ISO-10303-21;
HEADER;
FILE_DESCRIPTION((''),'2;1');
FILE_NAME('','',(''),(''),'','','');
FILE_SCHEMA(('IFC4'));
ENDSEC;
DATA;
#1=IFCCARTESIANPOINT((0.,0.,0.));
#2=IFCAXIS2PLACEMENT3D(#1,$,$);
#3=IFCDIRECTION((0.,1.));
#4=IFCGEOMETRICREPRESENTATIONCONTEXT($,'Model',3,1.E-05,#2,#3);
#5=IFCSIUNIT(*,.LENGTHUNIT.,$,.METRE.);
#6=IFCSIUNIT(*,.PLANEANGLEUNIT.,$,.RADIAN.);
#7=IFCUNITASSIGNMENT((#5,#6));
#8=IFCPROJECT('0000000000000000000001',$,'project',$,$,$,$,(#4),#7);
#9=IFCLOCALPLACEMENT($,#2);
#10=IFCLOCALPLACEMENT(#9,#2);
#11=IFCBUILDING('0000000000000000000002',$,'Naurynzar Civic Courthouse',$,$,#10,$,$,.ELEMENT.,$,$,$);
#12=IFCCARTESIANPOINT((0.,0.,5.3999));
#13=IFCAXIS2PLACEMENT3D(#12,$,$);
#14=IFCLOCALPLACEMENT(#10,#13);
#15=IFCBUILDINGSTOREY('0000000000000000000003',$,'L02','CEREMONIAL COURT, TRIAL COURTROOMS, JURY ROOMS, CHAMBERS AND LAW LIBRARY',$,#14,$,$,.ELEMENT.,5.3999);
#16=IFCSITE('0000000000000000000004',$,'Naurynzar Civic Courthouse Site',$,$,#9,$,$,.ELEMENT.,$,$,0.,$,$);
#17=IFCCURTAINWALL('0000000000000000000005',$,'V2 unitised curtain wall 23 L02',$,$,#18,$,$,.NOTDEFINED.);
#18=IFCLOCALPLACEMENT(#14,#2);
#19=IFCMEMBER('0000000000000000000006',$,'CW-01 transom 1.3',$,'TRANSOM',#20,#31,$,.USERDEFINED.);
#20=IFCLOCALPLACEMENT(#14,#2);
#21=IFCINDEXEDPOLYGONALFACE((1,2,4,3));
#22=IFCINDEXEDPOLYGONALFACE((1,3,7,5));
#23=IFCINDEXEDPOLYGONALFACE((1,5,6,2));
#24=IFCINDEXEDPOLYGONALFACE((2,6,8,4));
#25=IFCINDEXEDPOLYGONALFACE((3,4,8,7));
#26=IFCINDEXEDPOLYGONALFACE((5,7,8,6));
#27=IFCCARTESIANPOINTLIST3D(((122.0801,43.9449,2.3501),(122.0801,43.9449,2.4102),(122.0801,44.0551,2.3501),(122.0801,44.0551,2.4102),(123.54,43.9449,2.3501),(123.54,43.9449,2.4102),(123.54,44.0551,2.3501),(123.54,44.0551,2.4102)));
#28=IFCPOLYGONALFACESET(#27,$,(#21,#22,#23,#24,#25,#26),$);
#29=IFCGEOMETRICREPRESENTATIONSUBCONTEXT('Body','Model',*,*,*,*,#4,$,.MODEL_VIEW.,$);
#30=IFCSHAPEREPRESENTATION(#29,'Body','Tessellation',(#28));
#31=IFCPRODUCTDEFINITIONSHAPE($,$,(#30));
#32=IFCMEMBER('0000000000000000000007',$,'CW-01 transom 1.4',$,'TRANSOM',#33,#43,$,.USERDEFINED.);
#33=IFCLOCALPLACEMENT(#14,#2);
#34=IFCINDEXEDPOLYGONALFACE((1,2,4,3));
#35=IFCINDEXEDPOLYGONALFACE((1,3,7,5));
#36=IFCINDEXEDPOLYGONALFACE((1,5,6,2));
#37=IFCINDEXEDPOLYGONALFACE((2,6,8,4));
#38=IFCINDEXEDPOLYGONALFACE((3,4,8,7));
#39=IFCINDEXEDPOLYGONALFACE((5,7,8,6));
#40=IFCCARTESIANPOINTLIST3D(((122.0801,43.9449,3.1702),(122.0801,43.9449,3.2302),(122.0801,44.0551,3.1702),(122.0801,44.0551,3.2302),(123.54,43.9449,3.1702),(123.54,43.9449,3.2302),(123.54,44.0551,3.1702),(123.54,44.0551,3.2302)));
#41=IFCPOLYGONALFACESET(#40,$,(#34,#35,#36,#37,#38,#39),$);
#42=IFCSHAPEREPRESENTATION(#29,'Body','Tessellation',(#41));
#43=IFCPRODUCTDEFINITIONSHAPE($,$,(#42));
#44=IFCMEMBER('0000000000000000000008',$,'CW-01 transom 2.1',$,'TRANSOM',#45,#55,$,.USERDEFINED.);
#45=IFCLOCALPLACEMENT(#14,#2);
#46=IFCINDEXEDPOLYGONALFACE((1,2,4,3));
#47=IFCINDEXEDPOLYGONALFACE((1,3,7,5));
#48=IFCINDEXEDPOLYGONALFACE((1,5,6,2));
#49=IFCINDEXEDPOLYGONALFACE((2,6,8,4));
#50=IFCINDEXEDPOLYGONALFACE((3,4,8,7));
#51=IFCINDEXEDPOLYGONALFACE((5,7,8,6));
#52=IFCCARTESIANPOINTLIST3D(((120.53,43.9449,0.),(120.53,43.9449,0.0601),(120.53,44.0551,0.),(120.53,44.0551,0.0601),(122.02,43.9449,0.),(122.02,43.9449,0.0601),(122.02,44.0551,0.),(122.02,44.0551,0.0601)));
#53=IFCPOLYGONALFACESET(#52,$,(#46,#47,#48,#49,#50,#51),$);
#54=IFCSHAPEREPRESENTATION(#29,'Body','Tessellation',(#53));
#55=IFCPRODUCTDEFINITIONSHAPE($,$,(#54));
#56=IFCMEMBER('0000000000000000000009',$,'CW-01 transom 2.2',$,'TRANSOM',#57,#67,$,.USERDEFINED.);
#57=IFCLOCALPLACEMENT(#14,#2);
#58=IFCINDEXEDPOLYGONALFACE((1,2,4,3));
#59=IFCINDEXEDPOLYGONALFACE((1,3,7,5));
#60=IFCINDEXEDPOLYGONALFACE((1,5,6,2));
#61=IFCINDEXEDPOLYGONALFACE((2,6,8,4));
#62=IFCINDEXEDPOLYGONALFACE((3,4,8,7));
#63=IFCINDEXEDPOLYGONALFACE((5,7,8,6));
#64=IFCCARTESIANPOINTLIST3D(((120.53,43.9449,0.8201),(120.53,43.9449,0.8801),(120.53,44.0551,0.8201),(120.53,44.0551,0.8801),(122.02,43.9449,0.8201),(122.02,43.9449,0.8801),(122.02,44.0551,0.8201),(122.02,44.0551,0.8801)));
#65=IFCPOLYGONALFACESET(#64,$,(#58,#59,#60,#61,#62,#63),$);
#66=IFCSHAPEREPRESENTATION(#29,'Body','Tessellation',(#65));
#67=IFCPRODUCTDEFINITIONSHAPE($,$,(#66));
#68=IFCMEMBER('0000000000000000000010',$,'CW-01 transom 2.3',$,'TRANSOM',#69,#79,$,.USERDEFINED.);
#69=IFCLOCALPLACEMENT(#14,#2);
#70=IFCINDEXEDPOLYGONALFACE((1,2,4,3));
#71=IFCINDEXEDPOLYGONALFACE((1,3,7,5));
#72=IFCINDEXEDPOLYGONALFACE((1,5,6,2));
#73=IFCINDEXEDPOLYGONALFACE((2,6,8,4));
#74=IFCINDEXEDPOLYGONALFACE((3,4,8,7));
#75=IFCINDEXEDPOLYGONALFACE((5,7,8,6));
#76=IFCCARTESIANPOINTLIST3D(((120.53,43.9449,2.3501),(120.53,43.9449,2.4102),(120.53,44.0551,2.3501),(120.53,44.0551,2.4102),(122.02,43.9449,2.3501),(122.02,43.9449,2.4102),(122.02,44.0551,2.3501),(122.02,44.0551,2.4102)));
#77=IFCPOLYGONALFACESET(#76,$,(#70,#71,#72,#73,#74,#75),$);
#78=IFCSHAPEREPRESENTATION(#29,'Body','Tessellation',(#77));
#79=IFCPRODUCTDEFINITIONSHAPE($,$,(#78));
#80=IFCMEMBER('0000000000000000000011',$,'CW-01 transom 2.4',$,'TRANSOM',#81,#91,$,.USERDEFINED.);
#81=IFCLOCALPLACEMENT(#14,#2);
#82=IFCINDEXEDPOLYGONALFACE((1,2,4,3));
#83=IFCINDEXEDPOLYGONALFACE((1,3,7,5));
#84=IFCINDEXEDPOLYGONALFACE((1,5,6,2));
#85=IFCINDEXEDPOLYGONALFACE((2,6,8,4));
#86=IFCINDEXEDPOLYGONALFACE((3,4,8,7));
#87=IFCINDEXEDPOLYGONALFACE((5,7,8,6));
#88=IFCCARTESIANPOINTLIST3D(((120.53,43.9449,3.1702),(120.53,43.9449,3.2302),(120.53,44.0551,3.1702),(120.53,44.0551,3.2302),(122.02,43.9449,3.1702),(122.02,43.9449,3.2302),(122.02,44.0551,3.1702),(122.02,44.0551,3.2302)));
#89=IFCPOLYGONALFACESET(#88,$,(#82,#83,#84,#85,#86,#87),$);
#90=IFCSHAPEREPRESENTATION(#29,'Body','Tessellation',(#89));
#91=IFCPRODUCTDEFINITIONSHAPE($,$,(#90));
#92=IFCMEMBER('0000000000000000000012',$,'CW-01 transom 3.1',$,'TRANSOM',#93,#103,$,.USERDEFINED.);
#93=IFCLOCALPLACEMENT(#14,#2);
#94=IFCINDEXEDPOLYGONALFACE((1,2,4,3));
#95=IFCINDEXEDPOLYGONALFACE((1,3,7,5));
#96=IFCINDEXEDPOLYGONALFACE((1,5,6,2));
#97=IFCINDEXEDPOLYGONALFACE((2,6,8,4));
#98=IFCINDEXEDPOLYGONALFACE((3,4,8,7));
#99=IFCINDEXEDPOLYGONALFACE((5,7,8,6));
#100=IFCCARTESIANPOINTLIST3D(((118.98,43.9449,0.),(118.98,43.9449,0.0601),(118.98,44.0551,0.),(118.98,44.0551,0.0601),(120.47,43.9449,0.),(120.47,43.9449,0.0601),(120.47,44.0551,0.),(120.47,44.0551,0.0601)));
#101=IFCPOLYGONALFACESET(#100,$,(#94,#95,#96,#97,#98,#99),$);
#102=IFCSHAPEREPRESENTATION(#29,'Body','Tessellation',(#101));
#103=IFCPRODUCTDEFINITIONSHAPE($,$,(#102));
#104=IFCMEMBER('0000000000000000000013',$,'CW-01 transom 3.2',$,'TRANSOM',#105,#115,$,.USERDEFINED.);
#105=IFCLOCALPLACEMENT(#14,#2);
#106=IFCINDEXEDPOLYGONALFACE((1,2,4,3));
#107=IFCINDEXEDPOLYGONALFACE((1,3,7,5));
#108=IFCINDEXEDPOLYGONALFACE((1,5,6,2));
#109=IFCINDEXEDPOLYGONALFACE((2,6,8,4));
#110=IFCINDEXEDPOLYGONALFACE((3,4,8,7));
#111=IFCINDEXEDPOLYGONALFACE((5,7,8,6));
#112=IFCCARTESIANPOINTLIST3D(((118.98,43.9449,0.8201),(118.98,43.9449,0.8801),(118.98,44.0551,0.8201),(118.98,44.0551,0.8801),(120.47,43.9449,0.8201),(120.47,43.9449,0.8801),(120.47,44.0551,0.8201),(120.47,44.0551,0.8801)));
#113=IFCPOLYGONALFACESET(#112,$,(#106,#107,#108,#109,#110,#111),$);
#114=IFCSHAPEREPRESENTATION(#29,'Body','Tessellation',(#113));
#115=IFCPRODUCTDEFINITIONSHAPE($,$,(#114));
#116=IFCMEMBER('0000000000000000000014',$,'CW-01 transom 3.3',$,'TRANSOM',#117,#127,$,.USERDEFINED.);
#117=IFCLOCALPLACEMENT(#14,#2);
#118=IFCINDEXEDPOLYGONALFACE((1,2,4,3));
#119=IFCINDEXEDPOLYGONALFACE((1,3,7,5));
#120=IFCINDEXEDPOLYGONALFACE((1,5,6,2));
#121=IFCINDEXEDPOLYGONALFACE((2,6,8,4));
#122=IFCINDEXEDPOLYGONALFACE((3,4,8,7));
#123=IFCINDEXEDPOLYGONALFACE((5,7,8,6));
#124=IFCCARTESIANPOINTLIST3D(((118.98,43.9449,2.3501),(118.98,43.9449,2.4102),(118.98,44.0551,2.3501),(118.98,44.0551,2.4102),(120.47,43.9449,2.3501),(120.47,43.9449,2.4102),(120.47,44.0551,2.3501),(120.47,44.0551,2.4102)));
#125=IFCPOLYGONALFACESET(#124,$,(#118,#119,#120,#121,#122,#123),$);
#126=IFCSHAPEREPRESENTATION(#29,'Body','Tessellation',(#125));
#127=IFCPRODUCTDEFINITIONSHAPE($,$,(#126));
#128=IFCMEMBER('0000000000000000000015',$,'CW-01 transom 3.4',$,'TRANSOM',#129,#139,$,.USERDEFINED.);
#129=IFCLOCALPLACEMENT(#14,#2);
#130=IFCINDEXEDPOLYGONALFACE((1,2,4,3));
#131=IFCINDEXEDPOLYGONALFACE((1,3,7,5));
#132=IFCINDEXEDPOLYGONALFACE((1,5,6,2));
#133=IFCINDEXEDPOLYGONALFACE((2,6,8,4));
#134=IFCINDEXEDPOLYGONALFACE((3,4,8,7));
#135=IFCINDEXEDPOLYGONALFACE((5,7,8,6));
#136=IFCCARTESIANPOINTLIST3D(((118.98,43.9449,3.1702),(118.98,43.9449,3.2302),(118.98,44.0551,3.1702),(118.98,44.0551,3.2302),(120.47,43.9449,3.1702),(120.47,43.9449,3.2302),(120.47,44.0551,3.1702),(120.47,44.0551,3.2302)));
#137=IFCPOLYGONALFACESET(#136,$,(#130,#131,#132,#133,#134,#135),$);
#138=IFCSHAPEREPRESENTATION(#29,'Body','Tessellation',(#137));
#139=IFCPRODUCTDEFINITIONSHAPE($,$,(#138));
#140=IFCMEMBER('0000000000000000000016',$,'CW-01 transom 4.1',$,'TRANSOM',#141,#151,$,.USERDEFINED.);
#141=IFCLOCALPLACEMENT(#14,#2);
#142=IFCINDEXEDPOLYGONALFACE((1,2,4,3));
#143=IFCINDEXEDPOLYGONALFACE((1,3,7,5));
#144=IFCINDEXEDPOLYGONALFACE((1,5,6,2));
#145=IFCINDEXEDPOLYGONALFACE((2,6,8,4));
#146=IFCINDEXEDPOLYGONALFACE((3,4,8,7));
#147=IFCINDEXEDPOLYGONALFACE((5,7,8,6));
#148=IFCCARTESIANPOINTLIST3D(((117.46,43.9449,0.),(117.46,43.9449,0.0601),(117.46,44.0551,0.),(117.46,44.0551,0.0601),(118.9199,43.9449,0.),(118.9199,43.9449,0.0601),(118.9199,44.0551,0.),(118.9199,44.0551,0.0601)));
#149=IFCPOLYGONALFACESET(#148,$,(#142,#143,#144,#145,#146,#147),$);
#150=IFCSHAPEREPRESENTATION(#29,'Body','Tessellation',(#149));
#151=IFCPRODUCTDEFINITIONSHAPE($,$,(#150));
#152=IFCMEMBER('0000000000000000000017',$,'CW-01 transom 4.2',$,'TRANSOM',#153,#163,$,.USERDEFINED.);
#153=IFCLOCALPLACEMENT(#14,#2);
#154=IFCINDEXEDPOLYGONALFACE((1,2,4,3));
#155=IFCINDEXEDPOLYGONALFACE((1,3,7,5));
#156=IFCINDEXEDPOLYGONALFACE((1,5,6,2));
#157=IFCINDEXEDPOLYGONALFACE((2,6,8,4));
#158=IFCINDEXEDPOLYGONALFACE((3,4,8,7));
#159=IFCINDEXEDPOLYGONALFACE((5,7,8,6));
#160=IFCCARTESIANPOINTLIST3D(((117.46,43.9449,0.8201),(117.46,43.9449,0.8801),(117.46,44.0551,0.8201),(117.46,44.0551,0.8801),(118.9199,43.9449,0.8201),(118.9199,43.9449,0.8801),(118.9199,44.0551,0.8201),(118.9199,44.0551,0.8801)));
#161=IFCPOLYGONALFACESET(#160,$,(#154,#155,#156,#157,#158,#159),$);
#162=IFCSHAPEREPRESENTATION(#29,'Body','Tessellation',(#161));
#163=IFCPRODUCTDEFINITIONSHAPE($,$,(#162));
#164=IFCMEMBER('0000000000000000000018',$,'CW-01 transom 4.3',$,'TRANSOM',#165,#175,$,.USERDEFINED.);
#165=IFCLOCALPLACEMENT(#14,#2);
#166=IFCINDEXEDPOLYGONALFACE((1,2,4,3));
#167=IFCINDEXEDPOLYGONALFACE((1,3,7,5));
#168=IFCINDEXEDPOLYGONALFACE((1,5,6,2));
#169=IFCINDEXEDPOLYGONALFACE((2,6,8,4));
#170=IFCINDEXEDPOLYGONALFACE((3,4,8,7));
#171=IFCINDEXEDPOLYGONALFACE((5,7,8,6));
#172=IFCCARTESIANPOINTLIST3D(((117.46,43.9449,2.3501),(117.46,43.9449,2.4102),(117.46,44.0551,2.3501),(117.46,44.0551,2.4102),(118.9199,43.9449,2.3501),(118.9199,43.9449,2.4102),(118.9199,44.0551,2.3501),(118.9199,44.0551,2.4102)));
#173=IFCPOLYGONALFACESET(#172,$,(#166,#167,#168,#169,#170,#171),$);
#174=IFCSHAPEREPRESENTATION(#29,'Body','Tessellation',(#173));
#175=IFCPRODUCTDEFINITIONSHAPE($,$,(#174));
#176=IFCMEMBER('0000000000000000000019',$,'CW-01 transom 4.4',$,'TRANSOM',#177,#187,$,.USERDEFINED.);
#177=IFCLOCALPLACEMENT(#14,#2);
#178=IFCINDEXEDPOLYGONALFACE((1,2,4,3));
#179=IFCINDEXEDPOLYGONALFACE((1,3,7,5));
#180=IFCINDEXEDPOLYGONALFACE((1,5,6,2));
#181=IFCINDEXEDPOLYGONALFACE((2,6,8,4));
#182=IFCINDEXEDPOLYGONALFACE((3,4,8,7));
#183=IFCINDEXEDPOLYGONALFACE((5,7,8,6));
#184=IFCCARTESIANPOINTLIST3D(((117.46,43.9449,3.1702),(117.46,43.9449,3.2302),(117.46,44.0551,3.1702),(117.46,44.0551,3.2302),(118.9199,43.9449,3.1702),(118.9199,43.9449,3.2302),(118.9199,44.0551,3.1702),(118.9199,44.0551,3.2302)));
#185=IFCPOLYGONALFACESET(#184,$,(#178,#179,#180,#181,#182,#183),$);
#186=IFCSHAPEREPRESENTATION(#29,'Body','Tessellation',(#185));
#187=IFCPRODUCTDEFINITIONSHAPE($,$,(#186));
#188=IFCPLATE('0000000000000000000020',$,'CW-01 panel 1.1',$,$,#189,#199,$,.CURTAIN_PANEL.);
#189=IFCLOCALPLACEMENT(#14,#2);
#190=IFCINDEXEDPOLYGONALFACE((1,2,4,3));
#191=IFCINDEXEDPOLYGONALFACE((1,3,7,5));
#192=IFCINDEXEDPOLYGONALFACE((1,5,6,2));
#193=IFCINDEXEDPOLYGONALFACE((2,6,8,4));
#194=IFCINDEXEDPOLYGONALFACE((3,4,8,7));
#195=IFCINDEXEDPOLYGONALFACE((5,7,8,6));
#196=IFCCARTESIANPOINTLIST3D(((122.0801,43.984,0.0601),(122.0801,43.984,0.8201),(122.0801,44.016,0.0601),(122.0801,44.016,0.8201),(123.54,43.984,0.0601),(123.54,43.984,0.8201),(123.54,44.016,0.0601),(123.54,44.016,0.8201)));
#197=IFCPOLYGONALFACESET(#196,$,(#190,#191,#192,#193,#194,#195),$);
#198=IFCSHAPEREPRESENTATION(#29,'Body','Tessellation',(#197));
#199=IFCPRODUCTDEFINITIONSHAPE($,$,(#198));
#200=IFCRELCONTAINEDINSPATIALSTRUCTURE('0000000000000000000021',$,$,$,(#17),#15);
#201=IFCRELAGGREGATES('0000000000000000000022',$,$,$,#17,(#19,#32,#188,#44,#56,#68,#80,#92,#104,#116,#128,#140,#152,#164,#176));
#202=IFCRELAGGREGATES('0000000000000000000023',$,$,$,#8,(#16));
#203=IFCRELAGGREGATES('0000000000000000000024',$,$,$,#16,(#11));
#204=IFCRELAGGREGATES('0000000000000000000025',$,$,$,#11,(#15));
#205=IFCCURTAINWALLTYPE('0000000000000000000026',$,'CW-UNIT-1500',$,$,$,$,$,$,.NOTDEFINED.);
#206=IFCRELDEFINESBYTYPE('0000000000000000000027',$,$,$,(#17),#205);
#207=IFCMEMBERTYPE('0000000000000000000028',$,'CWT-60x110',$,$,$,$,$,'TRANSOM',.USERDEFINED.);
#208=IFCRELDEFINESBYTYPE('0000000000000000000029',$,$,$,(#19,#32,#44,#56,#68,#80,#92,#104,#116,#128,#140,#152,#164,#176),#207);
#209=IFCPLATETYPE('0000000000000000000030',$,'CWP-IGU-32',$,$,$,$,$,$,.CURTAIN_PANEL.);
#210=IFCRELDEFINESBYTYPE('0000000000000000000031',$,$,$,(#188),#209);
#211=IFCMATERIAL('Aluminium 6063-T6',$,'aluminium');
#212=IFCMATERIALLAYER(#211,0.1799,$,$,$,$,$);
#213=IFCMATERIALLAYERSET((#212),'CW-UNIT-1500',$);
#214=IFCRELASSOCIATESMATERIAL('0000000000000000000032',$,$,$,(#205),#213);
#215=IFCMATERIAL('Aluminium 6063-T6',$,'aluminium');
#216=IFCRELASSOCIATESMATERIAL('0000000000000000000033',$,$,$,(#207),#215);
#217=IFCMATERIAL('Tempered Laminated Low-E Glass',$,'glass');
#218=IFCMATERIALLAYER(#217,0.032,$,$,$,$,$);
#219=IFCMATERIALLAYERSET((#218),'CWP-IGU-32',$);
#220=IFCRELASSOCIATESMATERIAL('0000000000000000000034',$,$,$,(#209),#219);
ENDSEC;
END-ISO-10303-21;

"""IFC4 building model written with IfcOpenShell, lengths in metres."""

from ifc_helpers import new_model, si_unit, direction, frame, origin, origin_2d, place, context, subcontext, project, spatial, rectangle, extrude, material, layer, layer_set, material_profile, profile_set, type_object, element, aggregate, save


model = new_model("IFC4")

# Units and contexts
model_context = context("Model", 3, precision=1e-05, world=origin(), true_north=direction((0.0, 1.0)))
body_context = subcontext(model_context, "Body", "Model", "MODEL_VIEW")
ifc_project = project(units=[si_unit("LENGTHUNIT", "METRE"), si_unit("PLANEANGLEUNIT", "RADIAN")], contexts=[model_context])

# Site, building, storey
site_placement = place(None, origin())
site = spatial("IfcSite", under=ifc_project, at=site_placement, Name="Naurynzar Civic Courthouse Site", CompositionType="ELEMENT", RefElevation=0.0)
building_placement = place(site_placement, origin())
building = spatial("IfcBuilding", under=site, at=building_placement, Name="Naurynzar Civic Courthouse", CompositionType="ELEMENT")
storey_placement = place(building_placement, frame((0.0, 0.0, 5.3999)))
storey = spatial("IfcBuildingStorey", under=building, at=storey_placement, Name="L02", Description="CEREMONIAL COURT, TRIAL COURTROOMS, JURY ROOMS, CHAMBERS AND LAW LIBRARY", CompositionType="ELEMENT", Elevation=5.3999)

# Curtain wall, members, plate
ifc_material_1 = material(Name="Aluminium 6063-T6", Category="aluminium")
ifc_layer_1 = layer(ifc_material_1, 0.1799)
ifc_layer_set_1 = layer_set([ifc_layer_1], Name="CW-UNIT-1500")
curtain_wall_type = type_object("IfcCurtainWallType", Name="CW-UNIT-1500", PredefinedType="NOTDEFINED", material=ifc_layer_set_1)
curtain_wall_placement = place(storey_placement, origin())
curtain_wall = element("IfcCurtainWall", 1, at=curtain_wall_placement, inside=storey, type_object=curtain_wall_type, Name="V2 unitised curtain wall 23 L02", PredefinedType="NOTDEFINED")
ifc_material_2 = material(Name="Aluminium 6063-T6", Category="aluminium")
ifc_material_profile_1 = material_profile(ifc_material_2, rectangle(XDim=0.1101, YDim=0.0601, at=origin_2d()), Name="ALU TRANSOM 60x110")
ifc_profile_set_1 = profile_set([ifc_material_profile_1], Name="Aluminium 6063-T6")
member_type_1 = type_object("IfcMemberType", Name="CWT-60x110", ElementType="TRANSOM", PredefinedType="USERDEFINED", material=ifc_profile_set_1)
member_1_placement = place(storey_placement, frame((123.54, 44.0, 2.3801), z_axis=(-1.0, 0.0, 0.0), x_axis=(0.0, -1.0, 0.0)))
member_1 = element("IfcMember", 2, at=member_1_placement, type_object=member_type_1, Name="CW-01 transom 1.3", ObjectType="TRANSOM", PredefinedType="USERDEFINED", context=body_context, shape_type="SweptSolid", body=[
    extrude(rectangle(XDim=0.1101, YDim=0.0601, at=origin_2d()), origin(), (0.0, 0.0, 1.0), 1.46),
])
member_2_placement = place(storey_placement, frame((123.54, 44.0, 3.2002), z_axis=(-1.0, 0.0, 0.0), x_axis=(0.0, -1.0, 0.0)))
member_2 = element("IfcMember", 3, at=member_2_placement, type_object=member_type_1, Name="CW-01 transom 1.4", ObjectType="TRANSOM", PredefinedType="USERDEFINED", context=body_context, shape_type="SweptSolid", body=[
    extrude(rectangle(XDim=0.1101, YDim=0.0601, at=origin_2d()), origin(), (0.0, 0.0, 1.0), 1.46),
])
member_3_placement = place(storey_placement, frame((122.02, 44.0, 0.03), z_axis=(-1.0, 0.0, 0.0), x_axis=(0.0, -1.0, 0.0)))
member_3 = element("IfcMember", 4, at=member_3_placement, type_object=member_type_1, Name="CW-01 transom 2.1", ObjectType="TRANSOM", PredefinedType="USERDEFINED", context=body_context, shape_type="SweptSolid", body=[
    extrude(rectangle(XDim=0.1101, YDim=0.0601, at=origin_2d()), origin(), (0.0, 0.0, 1.0), 1.49),
])
member_4_placement = place(storey_placement, frame((122.02, 44.0, 0.8501), z_axis=(-1.0, 0.0, 0.0), x_axis=(0.0, -1.0, 0.0)))
member_4 = element("IfcMember", 5, at=member_4_placement, type_object=member_type_1, Name="CW-01 transom 2.2", ObjectType="TRANSOM", PredefinedType="USERDEFINED", context=body_context, shape_type="SweptSolid", body=[
    extrude(rectangle(XDim=0.1101, YDim=0.0601, at=origin_2d()), origin(), (0.0, 0.0, 1.0), 1.49),
])
member_5_placement = place(storey_placement, frame((122.02, 44.0, 2.3801), z_axis=(-1.0, 0.0, 0.0), x_axis=(0.0, -1.0, 0.0)))
member_5 = element("IfcMember", 6, at=member_5_placement, type_object=member_type_1, Name="CW-01 transom 2.3", ObjectType="TRANSOM", PredefinedType="USERDEFINED", context=body_context, shape_type="SweptSolid", body=[
    extrude(rectangle(XDim=0.1101, YDim=0.0601, at=origin_2d()), origin(), (0.0, 0.0, 1.0), 1.49),
])
member_6_placement = place(storey_placement, frame((122.02, 44.0, 3.2002), z_axis=(-1.0, 0.0, 0.0), x_axis=(0.0, -1.0, 0.0)))
member_6 = element("IfcMember", 7, at=member_6_placement, type_object=member_type_1, Name="CW-01 transom 2.4", ObjectType="TRANSOM", PredefinedType="USERDEFINED", context=body_context, shape_type="SweptSolid", body=[
    extrude(rectangle(XDim=0.1101, YDim=0.0601, at=origin_2d()), origin(), (0.0, 0.0, 1.0), 1.49),
])
member_7_placement = place(storey_placement, frame((120.47, 44.0, 0.03), z_axis=(-1.0, 0.0, 0.0), x_axis=(0.0, -1.0, 0.0)))
member_7 = element("IfcMember", 8, at=member_7_placement, type_object=member_type_1, Name="CW-01 transom 3.1", ObjectType="TRANSOM", PredefinedType="USERDEFINED", context=body_context, shape_type="SweptSolid", body=[
    extrude(rectangle(XDim=0.1101, YDim=0.0601, at=origin_2d()), origin(), (0.0, 0.0, 1.0), 1.49),
])
member_8_placement = place(storey_placement, frame((120.47, 44.0, 0.8501), z_axis=(-1.0, 0.0, 0.0), x_axis=(0.0, -1.0, 0.0)))
member_8 = element("IfcMember", 9, at=member_8_placement, type_object=member_type_1, Name="CW-01 transom 3.2", ObjectType="TRANSOM", PredefinedType="USERDEFINED", context=body_context, shape_type="SweptSolid", body=[
    extrude(rectangle(XDim=0.1101, YDim=0.0601, at=origin_2d()), origin(), (0.0, 0.0, 1.0), 1.49),
])
member_9_placement = place(storey_placement, frame((120.47, 44.0, 2.3801), z_axis=(-1.0, 0.0, 0.0), x_axis=(0.0, -1.0, 0.0)))
member_9 = element("IfcMember", 10, at=member_9_placement, type_object=member_type_1, Name="CW-01 transom 3.3", ObjectType="TRANSOM", PredefinedType="USERDEFINED", context=body_context, shape_type="SweptSolid", body=[
    extrude(rectangle(XDim=0.1101, YDim=0.0601, at=origin_2d()), origin(), (0.0, 0.0, 1.0), 1.49),
])
member_10_placement = place(storey_placement, frame((120.47, 44.0, 3.2002), z_axis=(-1.0, 0.0, 0.0), x_axis=(0.0, -1.0, 0.0)))
member_10 = element("IfcMember", 11, at=member_10_placement, type_object=member_type_1, Name="CW-01 transom 3.4", ObjectType="TRANSOM", PredefinedType="USERDEFINED", context=body_context, shape_type="SweptSolid", body=[
    extrude(rectangle(XDim=0.1101, YDim=0.0601, at=origin_2d()), origin(), (0.0, 0.0, 1.0), 1.49),
])
member_11_placement = place(storey_placement, frame((118.9199, 44.0, 0.03), z_axis=(-1.0, 0.0, 0.0), x_axis=(0.0, -1.0, 0.0)))
member_11 = element("IfcMember", 12, at=member_11_placement, type_object=member_type_1, Name="CW-01 transom 4.1", ObjectType="TRANSOM", PredefinedType="USERDEFINED", context=body_context, shape_type="SweptSolid", body=[
    extrude(rectangle(XDim=0.1101, YDim=0.0601, at=origin_2d()), origin(), (0.0, 0.0, 1.0), 1.46),
])
member_12_placement = place(storey_placement, frame((118.9199, 44.0, 0.8501), z_axis=(-1.0, 0.0, 0.0), x_axis=(0.0, -1.0, 0.0)))
member_12 = element("IfcMember", 13, at=member_12_placement, type_object=member_type_1, Name="CW-01 transom 4.2", ObjectType="TRANSOM", PredefinedType="USERDEFINED", context=body_context, shape_type="SweptSolid", body=[
    extrude(rectangle(XDim=0.1101, YDim=0.0601, at=origin_2d()), origin(), (0.0, 0.0, 1.0), 1.46),
])
member_13_placement = place(storey_placement, frame((118.9199, 44.0, 2.3801), z_axis=(-1.0, 0.0, 0.0), x_axis=(0.0, -1.0, 0.0)))
member_13 = element("IfcMember", 14, at=member_13_placement, type_object=member_type_1, Name="CW-01 transom 4.3", ObjectType="TRANSOM", PredefinedType="USERDEFINED", context=body_context, shape_type="SweptSolid", body=[
    extrude(rectangle(XDim=0.1101, YDim=0.0601, at=origin_2d()), origin(), (0.0, 0.0, 1.0), 1.46),
])
member_14_placement = place(storey_placement, frame((118.9199, 44.0, 3.2002), z_axis=(-1.0, 0.0, 0.0), x_axis=(0.0, -1.0, 0.0)))
member_14 = element("IfcMember", 15, at=member_14_placement, type_object=member_type_1, Name="CW-01 transom 4.4", ObjectType="TRANSOM", PredefinedType="USERDEFINED", context=body_context, shape_type="SweptSolid", body=[
    extrude(rectangle(XDim=0.1101, YDim=0.0601, at=origin_2d()), origin(), (0.0, 0.0, 1.0), 1.46),
])
ifc_material_3 = material(Name="Tempered Laminated Low-E Glass", Category="glass")
ifc_layer_2 = layer(ifc_material_3, 0.032)
ifc_layer_set_2 = layer_set([ifc_layer_2], Name="CWP-IGU-32")
plate_type = type_object("IfcPlateType", Name="CWP-IGU-32", PredefinedType="CURTAIN_PANEL", material=ifc_layer_set_2)
plate_1_placement = place(storey_placement, frame((122.8101, 44.0, 0.0601), z_axis=(0.0, 0.0, 1.0), x_axis=(-1.0, 0.0, 0.0)))
plate_1 = element("IfcPlate", 16, at=plate_1_placement, type_object=plate_type, Name="CW-01 panel 1.1", PredefinedType="CURTAIN_PANEL", context=body_context, shape_type="SweptSolid", body=[
    extrude(rectangle(XDim=1.46, YDim=0.032, at=origin_2d()), origin(), (0.0, 0.0, 1.0), 0.76),
])
aggregate(curtain_wall, [member_1, member_2, plate_1, member_3, member_4, member_5, member_6, member_7, member_8, member_9, member_10, member_11, member_12, member_13, member_14])

save(model, "model.ifc")
